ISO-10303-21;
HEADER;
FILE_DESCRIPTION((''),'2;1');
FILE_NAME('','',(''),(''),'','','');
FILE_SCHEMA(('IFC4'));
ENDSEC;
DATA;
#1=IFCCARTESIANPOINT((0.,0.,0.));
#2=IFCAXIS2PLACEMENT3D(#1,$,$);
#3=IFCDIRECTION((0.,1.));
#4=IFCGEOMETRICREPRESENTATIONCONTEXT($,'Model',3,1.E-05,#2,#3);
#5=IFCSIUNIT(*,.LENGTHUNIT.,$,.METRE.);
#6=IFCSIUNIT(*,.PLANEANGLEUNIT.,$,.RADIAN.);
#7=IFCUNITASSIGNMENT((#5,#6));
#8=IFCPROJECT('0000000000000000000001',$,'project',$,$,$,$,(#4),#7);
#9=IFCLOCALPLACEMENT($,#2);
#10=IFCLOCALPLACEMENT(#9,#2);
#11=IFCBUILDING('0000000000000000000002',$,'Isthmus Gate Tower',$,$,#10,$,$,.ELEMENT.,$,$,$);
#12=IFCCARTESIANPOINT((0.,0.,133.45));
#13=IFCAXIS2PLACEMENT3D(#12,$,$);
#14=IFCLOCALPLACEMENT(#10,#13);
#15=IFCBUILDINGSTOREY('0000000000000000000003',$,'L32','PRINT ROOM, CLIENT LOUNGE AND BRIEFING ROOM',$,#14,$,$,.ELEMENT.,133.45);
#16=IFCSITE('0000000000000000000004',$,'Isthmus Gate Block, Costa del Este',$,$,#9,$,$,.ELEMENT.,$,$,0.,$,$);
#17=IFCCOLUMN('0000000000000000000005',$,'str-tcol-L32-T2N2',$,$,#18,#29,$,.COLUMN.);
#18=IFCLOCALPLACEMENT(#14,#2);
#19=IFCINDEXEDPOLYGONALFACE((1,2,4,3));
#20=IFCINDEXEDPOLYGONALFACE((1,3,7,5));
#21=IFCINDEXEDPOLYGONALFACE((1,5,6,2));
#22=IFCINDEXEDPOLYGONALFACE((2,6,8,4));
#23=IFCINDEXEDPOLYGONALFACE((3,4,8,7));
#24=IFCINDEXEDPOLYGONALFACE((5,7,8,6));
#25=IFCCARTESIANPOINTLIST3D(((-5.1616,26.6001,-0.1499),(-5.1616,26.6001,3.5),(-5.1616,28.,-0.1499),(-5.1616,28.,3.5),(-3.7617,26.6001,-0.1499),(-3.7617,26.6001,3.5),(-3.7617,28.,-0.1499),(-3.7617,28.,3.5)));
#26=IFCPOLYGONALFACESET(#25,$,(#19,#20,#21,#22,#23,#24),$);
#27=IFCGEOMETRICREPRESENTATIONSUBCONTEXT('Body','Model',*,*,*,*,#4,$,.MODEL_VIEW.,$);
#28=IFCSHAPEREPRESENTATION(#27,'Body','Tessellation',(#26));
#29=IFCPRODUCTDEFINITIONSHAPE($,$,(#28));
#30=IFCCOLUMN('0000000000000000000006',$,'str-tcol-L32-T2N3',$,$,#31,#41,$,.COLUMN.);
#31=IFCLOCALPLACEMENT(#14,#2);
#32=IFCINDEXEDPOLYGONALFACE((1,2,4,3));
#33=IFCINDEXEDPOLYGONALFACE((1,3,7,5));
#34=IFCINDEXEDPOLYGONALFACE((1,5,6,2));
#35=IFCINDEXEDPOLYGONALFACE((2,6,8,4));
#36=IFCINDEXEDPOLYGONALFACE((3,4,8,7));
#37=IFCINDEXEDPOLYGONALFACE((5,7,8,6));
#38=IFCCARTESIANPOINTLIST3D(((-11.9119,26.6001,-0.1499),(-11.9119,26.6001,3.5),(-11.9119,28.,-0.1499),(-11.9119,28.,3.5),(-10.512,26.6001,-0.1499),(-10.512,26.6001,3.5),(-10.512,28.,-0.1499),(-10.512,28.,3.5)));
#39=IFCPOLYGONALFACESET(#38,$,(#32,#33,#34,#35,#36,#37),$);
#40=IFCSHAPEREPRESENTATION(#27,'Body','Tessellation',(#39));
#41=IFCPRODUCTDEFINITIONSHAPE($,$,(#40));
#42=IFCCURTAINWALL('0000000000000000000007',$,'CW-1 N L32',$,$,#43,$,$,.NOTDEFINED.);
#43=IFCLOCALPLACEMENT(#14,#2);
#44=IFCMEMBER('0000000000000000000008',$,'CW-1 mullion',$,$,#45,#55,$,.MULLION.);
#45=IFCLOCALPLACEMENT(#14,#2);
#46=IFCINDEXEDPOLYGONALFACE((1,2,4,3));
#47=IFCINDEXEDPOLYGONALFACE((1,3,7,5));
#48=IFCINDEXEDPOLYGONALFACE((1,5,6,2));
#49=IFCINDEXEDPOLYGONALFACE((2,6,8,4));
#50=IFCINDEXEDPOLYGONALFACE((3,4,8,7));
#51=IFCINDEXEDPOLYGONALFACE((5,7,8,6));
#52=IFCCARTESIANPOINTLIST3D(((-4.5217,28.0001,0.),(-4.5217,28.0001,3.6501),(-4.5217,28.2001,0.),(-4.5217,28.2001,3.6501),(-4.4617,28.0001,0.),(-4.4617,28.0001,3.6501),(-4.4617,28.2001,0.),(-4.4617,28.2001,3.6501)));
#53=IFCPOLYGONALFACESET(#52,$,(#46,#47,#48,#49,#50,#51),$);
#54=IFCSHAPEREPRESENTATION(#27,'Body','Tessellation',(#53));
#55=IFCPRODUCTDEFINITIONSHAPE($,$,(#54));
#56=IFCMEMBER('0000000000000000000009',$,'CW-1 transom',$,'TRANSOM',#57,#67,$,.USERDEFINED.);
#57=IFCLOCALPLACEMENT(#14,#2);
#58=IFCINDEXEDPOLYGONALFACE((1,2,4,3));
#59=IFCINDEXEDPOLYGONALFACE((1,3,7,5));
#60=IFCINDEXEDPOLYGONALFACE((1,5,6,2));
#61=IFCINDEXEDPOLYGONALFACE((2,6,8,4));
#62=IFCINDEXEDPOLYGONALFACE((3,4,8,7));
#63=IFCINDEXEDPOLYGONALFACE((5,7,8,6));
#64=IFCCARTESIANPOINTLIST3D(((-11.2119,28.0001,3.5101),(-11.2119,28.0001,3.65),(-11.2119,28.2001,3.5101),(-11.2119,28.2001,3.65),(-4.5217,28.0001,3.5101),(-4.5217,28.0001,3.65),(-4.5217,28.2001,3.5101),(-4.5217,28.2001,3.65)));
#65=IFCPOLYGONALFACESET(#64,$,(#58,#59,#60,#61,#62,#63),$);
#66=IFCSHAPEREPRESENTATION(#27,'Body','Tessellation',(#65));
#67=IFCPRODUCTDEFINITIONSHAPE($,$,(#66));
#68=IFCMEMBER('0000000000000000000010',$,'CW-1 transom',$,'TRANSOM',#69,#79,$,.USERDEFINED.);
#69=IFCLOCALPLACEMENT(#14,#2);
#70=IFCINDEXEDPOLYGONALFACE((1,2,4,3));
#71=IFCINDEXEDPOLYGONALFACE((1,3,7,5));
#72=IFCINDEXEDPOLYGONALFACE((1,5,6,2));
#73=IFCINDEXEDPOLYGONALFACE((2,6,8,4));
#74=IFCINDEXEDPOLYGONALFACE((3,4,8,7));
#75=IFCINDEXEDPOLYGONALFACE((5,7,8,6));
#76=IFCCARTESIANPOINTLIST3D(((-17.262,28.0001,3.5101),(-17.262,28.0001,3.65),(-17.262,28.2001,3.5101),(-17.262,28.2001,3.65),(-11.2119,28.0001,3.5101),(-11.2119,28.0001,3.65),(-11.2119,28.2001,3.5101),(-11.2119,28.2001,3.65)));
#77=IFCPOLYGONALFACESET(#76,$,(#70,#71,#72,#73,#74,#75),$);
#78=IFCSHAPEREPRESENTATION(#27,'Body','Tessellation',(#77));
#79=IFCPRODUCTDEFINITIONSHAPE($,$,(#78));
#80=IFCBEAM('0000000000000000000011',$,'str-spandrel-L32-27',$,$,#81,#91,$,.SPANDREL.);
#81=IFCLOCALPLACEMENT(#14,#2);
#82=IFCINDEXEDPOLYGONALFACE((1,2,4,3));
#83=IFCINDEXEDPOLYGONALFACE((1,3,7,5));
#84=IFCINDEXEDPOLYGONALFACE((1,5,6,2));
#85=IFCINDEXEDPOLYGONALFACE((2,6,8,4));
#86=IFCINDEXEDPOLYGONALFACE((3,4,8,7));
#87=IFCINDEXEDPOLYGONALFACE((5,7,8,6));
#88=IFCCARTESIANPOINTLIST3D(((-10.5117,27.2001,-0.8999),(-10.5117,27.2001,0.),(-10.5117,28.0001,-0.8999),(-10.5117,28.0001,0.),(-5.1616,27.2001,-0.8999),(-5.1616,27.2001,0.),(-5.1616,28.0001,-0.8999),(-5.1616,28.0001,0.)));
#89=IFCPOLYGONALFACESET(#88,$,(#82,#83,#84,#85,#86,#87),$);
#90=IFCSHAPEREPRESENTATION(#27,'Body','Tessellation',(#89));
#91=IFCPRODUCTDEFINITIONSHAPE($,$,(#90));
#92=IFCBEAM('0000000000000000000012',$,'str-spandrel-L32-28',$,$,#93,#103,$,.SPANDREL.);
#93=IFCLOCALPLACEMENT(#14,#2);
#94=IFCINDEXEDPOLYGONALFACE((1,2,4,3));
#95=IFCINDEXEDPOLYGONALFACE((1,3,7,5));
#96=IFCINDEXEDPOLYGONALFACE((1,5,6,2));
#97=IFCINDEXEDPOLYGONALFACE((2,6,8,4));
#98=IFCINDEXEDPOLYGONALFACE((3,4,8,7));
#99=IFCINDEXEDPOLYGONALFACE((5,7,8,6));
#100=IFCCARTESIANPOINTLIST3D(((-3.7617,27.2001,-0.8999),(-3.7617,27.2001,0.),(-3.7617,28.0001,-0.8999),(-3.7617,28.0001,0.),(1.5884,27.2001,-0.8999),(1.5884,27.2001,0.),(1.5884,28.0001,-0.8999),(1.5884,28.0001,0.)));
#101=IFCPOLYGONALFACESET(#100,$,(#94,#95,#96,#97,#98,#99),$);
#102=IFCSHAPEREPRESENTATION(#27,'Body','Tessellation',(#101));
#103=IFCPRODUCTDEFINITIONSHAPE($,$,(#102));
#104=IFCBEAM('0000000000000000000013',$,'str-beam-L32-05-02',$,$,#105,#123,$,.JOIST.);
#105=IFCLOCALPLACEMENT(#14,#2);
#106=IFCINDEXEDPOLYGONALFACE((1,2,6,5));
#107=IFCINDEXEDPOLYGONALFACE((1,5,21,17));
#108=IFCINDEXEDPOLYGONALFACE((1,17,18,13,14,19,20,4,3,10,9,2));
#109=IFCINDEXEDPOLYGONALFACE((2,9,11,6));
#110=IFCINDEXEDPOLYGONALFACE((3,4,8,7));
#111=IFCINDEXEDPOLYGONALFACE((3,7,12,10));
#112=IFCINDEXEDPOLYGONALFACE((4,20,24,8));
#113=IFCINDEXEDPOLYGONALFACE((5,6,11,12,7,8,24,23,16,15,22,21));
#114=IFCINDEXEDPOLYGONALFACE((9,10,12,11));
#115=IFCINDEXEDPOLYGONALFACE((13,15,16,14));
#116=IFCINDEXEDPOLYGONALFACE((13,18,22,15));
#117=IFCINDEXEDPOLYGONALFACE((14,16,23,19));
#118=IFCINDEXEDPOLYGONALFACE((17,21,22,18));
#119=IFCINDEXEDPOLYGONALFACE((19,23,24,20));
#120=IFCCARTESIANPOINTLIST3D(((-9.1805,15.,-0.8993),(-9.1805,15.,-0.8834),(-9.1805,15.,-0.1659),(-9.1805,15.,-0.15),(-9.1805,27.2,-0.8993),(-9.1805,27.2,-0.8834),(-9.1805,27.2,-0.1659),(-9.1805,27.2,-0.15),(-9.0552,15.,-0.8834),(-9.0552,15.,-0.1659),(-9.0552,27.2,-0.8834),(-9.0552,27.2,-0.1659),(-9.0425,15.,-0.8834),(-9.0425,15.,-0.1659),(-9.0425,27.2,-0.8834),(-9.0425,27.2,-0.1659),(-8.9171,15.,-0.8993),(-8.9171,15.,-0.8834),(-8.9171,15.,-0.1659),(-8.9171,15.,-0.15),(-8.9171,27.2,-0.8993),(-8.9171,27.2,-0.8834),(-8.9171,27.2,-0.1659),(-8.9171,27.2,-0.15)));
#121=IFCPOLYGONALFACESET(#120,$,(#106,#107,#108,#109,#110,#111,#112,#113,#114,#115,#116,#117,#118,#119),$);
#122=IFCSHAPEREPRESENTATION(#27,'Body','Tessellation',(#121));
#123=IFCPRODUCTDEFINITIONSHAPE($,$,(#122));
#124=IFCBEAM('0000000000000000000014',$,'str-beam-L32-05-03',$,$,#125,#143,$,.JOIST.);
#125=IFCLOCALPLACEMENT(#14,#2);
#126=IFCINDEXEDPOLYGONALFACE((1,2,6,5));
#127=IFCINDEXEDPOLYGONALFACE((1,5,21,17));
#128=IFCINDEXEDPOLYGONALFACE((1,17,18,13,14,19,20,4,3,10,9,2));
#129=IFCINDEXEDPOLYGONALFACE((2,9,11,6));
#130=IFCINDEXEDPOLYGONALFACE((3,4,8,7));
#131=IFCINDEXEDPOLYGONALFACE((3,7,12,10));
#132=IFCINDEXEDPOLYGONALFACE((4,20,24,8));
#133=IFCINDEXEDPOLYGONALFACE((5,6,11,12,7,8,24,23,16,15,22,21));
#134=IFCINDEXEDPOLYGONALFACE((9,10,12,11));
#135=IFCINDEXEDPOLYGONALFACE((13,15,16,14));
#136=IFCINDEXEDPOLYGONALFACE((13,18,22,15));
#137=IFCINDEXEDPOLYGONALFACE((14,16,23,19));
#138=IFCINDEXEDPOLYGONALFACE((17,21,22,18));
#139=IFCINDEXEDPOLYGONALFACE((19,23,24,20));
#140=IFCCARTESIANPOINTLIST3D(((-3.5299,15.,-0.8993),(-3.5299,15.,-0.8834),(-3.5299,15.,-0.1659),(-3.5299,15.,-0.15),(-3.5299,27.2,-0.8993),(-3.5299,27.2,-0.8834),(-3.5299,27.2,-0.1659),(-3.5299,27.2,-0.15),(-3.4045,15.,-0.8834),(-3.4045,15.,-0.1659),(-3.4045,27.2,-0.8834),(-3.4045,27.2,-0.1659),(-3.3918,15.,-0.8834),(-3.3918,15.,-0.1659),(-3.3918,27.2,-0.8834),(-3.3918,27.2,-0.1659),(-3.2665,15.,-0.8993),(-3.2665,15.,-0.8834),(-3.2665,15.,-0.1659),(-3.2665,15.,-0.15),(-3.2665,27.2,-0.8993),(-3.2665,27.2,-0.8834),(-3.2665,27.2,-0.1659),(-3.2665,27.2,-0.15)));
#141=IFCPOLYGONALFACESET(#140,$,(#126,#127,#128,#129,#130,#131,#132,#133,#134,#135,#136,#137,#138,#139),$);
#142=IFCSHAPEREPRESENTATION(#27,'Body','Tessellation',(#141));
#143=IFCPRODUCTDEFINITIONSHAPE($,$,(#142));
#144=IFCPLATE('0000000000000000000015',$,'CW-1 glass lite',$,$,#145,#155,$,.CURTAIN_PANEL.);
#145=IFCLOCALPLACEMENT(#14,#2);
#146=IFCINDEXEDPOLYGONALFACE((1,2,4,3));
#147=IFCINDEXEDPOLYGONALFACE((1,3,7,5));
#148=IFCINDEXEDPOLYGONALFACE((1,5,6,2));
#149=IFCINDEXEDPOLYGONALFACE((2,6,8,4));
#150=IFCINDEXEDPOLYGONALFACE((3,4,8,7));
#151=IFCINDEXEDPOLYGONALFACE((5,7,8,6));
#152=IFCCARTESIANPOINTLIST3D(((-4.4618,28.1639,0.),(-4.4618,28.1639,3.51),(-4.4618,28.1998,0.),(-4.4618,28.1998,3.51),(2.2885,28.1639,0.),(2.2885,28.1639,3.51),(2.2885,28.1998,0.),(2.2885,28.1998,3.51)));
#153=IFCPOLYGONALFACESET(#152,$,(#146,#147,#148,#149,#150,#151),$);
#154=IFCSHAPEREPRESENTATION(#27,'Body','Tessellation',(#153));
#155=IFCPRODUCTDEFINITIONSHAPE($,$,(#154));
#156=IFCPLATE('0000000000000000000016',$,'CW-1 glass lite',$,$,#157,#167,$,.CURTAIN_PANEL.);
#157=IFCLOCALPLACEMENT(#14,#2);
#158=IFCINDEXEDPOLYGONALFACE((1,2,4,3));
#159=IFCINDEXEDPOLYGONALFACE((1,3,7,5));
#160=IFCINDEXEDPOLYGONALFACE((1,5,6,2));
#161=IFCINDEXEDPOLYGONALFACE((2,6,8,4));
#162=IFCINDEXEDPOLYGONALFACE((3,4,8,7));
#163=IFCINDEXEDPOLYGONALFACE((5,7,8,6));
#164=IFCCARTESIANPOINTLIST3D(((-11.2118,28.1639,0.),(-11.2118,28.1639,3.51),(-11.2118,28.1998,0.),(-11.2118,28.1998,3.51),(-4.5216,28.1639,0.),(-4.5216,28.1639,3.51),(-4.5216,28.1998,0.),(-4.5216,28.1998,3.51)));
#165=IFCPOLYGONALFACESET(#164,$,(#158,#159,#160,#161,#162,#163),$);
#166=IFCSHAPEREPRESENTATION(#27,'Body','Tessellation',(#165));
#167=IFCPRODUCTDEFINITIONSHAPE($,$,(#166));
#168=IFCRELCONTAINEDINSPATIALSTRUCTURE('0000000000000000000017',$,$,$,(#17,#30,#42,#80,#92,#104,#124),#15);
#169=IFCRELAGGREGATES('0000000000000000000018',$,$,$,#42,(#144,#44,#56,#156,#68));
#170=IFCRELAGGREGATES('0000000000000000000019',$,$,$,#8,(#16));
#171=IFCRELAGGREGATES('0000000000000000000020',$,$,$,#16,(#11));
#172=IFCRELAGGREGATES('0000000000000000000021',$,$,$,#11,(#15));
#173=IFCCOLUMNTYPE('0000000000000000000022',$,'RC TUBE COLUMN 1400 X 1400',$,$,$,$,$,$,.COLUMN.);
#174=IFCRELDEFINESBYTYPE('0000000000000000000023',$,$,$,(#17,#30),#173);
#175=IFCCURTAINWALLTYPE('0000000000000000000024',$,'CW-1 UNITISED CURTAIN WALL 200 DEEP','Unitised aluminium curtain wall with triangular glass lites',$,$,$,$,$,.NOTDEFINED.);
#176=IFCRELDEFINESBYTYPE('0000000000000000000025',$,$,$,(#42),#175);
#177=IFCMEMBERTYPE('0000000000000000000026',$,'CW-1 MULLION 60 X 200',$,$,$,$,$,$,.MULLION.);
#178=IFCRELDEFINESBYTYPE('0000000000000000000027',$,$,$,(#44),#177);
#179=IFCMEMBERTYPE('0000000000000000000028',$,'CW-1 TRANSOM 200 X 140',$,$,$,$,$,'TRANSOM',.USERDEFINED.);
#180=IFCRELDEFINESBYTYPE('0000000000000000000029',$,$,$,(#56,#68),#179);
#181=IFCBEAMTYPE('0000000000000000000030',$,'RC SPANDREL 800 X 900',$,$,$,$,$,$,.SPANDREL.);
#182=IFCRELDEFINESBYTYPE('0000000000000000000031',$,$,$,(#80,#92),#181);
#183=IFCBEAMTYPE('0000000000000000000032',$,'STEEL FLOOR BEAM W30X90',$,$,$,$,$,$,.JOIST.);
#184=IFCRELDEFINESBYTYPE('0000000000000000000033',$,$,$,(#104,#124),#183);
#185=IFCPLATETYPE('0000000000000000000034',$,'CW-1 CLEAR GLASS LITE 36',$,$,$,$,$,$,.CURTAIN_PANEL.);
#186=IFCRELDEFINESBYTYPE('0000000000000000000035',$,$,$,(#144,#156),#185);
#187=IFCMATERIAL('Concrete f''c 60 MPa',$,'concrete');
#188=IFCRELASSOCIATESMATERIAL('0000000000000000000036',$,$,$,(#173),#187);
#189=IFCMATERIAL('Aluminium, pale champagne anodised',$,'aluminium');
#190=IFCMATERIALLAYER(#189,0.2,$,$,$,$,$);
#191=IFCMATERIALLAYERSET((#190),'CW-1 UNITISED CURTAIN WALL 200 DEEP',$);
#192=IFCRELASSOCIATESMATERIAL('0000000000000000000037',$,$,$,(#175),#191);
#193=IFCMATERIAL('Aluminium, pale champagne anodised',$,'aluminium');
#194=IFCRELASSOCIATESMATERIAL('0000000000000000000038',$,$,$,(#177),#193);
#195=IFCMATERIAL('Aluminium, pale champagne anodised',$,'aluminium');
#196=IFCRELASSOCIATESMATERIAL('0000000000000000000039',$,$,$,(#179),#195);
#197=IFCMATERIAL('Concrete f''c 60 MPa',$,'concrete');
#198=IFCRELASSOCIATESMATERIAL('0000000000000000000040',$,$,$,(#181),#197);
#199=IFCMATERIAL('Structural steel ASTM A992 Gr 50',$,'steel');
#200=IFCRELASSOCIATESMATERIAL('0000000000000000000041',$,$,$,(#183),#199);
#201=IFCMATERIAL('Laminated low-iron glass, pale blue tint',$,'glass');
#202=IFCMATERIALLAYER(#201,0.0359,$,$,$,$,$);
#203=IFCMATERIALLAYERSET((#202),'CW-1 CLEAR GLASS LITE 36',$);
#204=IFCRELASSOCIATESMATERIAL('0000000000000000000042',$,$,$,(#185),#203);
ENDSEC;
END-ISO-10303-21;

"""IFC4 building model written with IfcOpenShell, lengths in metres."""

from ifc_helpers import new_model, si_unit, direction, frame, origin, origin_2d, place, context, subcontext, project, spatial, rectangle, i_section, extrude, material, layer, layer_set, material_profile, profile_set, type_object, element, aggregate, save


model = new_model("IFC4")

# Units and contexts
model_context = context("Model", 3, precision=1e-05, world=origin(), true_north=direction((0.0, 1.0)))
body_context = subcontext(model_context, "Body", "Model", "MODEL_VIEW")
ifc_project = project(units=[si_unit("LENGTHUNIT", "METRE"), si_unit("PLANEANGLEUNIT", "RADIAN")], contexts=[model_context])

# Site, building, storey
site_placement = place(None, origin())
site = spatial("IfcSite", under=ifc_project, at=site_placement, Name="Isthmus Gate Block, Costa del Este", CompositionType="ELEMENT", RefElevation=0.0)
building_placement = place(site_placement, origin())
building = spatial("IfcBuilding", under=site, at=building_placement, Name="Isthmus Gate Tower", CompositionType="ELEMENT")
storey_placement = place(building_placement, frame((0.0, 0.0, 133.45)))
storey = spatial("IfcBuildingStorey", under=building, at=storey_placement, Name="L32", Description="PRINT ROOM, CLIENT LOUNGE AND BRIEFING ROOM", CompositionType="ELEMENT", Elevation=133.45)

# Columns
ifc_material_1 = material(Name="Concrete f'c 60 MPa", Category="concrete")
ifc_material_profile_1 = material_profile(ifc_material_1, rectangle(XDim=1.3999, YDim=1.3999, at=origin_2d()), Name="RC 1400X1400")
ifc_profile_set_1 = profile_set([ifc_material_profile_1], Name="Concrete f'c 60 MPa")
column_type = type_object("IfcColumnType", Name="RC TUBE COLUMN 1400 X 1400", PredefinedType="COLUMN", material=ifc_profile_set_1)
for number, where, z_axis, x_axis, name in (
    (1, (-4.4617, 27.3, -0.1499), (0.0, 0.0, 1.0), (-1.0, 0.0, 0.0), "str-tcol-L32-T2N2"),
    (2, (-11.2119, 27.3, -0.1499), (0.0, 0.0, 1.0), (-1.0, 0.0, 0.0), "str-tcol-L32-T2N3"),
):
    element("IfcColumn", number, at=place(storey_placement, frame(where, z_axis=z_axis, x_axis=x_axis)), inside=storey, type_object=column_type, Name=name, PredefinedType="COLUMN", context=body_context, shape_type="SweptSolid", body=[
        extrude(rectangle(XDim=1.3999, YDim=1.3999, at=origin_2d()), origin(), (0.0, 0.0, 1.0), 3.6499),
    ])

# Curtain wall, members
ifc_material_2 = material(Name="Aluminium, pale champagne anodised", Category="aluminium")
ifc_layer_1 = layer(ifc_material_2, 0.2)
ifc_layer_set_1 = layer_set([ifc_layer_1], Name="CW-1 UNITISED CURTAIN WALL 200 DEEP")
curtain_wall_type = type_object("IfcCurtainWallType", Name="CW-1 UNITISED CURTAIN WALL 200 DEEP", Description="Unitised aluminium curtain wall with triangular glass lites", PredefinedType="NOTDEFINED", material=ifc_layer_set_1)
curtain_wall_placement = place(storey_placement, origin())
curtain_wall = element("IfcCurtainWall", 3, at=curtain_wall_placement, inside=storey, type_object=curtain_wall_type, Name="CW-1 N L32", PredefinedType="NOTDEFINED")
ifc_material_3 = material(Name="Aluminium, pale champagne anodised", Category="aluminium")
ifc_material_profile_2 = material_profile(ifc_material_3, rectangle(XDim=0.0601, YDim=0.2, at=origin_2d()), Name="60x200")
ifc_profile_set_2 = profile_set([ifc_material_profile_2], Name="Aluminium, pale champagne anodised")
member_type_1 = type_object("IfcMemberType", Name="CW-1 MULLION 60 X 200", PredefinedType="MULLION", material=ifc_profile_set_2)
member_1_placement = place(storey_placement, frame((-4.4917, 28.1001, 0.0), z_axis=(0.0, 0.0, 1.0), x_axis=(-1.0, 0.0, 0.0)))
member_1 = element("IfcMember", 4, at=member_1_placement, type_object=member_type_1, Name="CW-1 mullion", PredefinedType="MULLION", context=body_context, shape_type="SweptSolid", body=[
    extrude(rectangle(XDim=0.0601, YDim=0.2, at=origin_2d()), origin(), (0.0, 0.0, 1.0), 3.6501),
])
ifc_material_4 = material(Name="Aluminium, pale champagne anodised", Category="aluminium")
ifc_material_profile_3 = material_profile(ifc_material_4, rectangle(XDim=0.2, YDim=0.1399, at=origin_2d()), Name="200x140")
ifc_profile_set_3 = profile_set([ifc_material_profile_3], Name="Aluminium, pale champagne anodised")
member_type_2 = type_object("IfcMemberType", Name="CW-1 TRANSOM 200 X 140", ElementType="TRANSOM", PredefinedType="USERDEFINED", material=ifc_profile_set_3)
member_2_placement = place(storey_placement, frame((-4.5217, 28.1001, 3.5801), z_axis=(-1.0, 0.0, 0.0), x_axis=(0.0, -1.0, 0.0)))
member_2 = element("IfcMember", 5, at=member_2_placement, type_object=member_type_2, Name="CW-1 transom", ObjectType="TRANSOM", PredefinedType="USERDEFINED", context=body_context, shape_type="SweptSolid", body=[
    extrude(rectangle(XDim=0.2, YDim=0.1399, at=origin_2d()), origin(), (0.0, 0.0, 1.0), 6.6902),
])
member_3_placement = place(storey_placement, frame((-11.2119, 28.1001, 3.5801), z_axis=(-1.0, 0.0, 0.0), x_axis=(0.0, -1.0, 0.0)))
member_3 = element("IfcMember", 6, at=member_3_placement, type_object=member_type_2, Name="CW-1 transom", ObjectType="TRANSOM", PredefinedType="USERDEFINED", context=body_context, shape_type="SweptSolid", body=[
    extrude(rectangle(XDim=0.2, YDim=0.1399, at=origin_2d()), origin(), (0.0, 0.0, 1.0), 6.05),
])

# Beams
ifc_material_5 = material(Name="Concrete f'c 60 MPa", Category="concrete")
ifc_material_profile_4 = material_profile(ifc_material_5, rectangle(XDim=0.8, YDim=0.8999, at=origin_2d()), Name="RC 800X900")
ifc_profile_set_4 = profile_set([ifc_material_profile_4], Name="Concrete f'c 60 MPa")
beam_type_1 = type_object("IfcBeamType", Name="RC SPANDREL 800 X 900", PredefinedType="SPANDREL", material=ifc_profile_set_4)
for number, where, z_axis, x_axis, name in (
    (7, (-10.5117, 27.6001, -0.45), (1.0, 0.0, 0.0), (0.0, 1.0, 0.0), "str-spandrel-L32-27"),
    (8, (-3.7617, 27.6001, -0.45), (1.0, 0.0, 0.0), (0.0, 1.0, 0.0), "str-spandrel-L32-28"),
):
    element("IfcBeam", number, at=place(storey_placement, frame(where, z_axis=z_axis, x_axis=x_axis)), inside=storey, type_object=beam_type_1, Name=name, PredefinedType="SPANDREL", context=body_context, shape_type="SweptSolid", body=[
        extrude(rectangle(XDim=0.8, YDim=0.8999, at=origin_2d()), origin(), (0.0, 0.0, 1.0), 5.3501),
    ])
ifc_material_6 = material(Name="Structural steel ASTM A992 Gr 50", Category="steel")
ifc_material_profile_5 = material_profile(ifc_material_6, i_section(OverallWidth=0.2634, OverallDepth=0.7493, WebThickness=0.0127, FlangeThickness=0.0159, at=origin_2d()), Name="W30X90")
ifc_profile_set_5 = profile_set([ifc_material_profile_5], Name="Structural steel ASTM A992 Gr 50")
beam_type_2 = type_object("IfcBeamType", Name="STEEL FLOOR BEAM W30X90", PredefinedType="JOIST", material=ifc_profile_set_5)
for number, where, z_axis, x_axis, name in (
    (9, (-9.0488, 15.0, -0.5247), (0.0, 1.0, 0.0), (-1.0, 0.0, 0.0), "str-beam-L32-05-02"),
    (10, (-3.3982, 15.0, -0.5247), (0.0, 1.0, 0.0), (-1.0, 0.0, 0.0), "str-beam-L32-05-03"),
):
    element("IfcBeam", number, at=place(storey_placement, frame(where, z_axis=z_axis, x_axis=x_axis)), inside=storey, type_object=beam_type_2, Name=name, PredefinedType="JOIST", context=body_context, shape_type="SweptSolid", body=[
        extrude(i_section(OverallWidth=0.2634, OverallDepth=0.7493, WebThickness=0.0127, FlangeThickness=0.0159, at=origin_2d()), origin(), (0.0, 0.0, 1.0), 12.2),
    ])

# Plates
ifc_material_7 = material(Name="Laminated low-iron glass, pale blue tint", Category="glass")
ifc_layer_2 = layer(ifc_material_7, 0.0359)
ifc_layer_set_2 = layer_set([ifc_layer_2], Name="CW-1 CLEAR GLASS LITE 36")
plate_type = type_object("IfcPlateType", Name="CW-1 CLEAR GLASS LITE 36", PredefinedType="CURTAIN_PANEL", material=ifc_layer_set_2)
plate_1_placement = place(storey_placement, frame((-1.0867, 28.1819, 0.0), z_axis=(0.0, 0.0, 1.0), x_axis=(-1.0, 0.0, 0.0)))
plate_1 = element("IfcPlate", 11, at=plate_1_placement, type_object=plate_type, Name="CW-1 glass lite", PredefinedType="CURTAIN_PANEL", context=body_context, shape_type="SweptSolid", body=[
    extrude(rectangle(XDim=6.7502, YDim=0.0359, at=origin_2d()), origin(), (0.0, 0.0, 1.0), 3.51),
])
plate_2_placement = place(storey_placement, frame((-7.8667, 28.1819, 0.0), z_axis=(0.0, 0.0, 1.0), x_axis=(-1.0, 0.0, 0.0)))
plate_2 = element("IfcPlate", 12, at=plate_2_placement, type_object=plate_type, Name="CW-1 glass lite", PredefinedType="CURTAIN_PANEL", context=body_context, shape_type="SweptSolid", body=[
    extrude(rectangle(XDim=6.6902, YDim=0.0359, at=origin_2d()), origin(), (0.0, 0.0, 1.0), 3.51),
])
aggregate(curtain_wall, [plate_1, member_1, member_2, plate_2, member_3])

save(model, "model.ifc")
